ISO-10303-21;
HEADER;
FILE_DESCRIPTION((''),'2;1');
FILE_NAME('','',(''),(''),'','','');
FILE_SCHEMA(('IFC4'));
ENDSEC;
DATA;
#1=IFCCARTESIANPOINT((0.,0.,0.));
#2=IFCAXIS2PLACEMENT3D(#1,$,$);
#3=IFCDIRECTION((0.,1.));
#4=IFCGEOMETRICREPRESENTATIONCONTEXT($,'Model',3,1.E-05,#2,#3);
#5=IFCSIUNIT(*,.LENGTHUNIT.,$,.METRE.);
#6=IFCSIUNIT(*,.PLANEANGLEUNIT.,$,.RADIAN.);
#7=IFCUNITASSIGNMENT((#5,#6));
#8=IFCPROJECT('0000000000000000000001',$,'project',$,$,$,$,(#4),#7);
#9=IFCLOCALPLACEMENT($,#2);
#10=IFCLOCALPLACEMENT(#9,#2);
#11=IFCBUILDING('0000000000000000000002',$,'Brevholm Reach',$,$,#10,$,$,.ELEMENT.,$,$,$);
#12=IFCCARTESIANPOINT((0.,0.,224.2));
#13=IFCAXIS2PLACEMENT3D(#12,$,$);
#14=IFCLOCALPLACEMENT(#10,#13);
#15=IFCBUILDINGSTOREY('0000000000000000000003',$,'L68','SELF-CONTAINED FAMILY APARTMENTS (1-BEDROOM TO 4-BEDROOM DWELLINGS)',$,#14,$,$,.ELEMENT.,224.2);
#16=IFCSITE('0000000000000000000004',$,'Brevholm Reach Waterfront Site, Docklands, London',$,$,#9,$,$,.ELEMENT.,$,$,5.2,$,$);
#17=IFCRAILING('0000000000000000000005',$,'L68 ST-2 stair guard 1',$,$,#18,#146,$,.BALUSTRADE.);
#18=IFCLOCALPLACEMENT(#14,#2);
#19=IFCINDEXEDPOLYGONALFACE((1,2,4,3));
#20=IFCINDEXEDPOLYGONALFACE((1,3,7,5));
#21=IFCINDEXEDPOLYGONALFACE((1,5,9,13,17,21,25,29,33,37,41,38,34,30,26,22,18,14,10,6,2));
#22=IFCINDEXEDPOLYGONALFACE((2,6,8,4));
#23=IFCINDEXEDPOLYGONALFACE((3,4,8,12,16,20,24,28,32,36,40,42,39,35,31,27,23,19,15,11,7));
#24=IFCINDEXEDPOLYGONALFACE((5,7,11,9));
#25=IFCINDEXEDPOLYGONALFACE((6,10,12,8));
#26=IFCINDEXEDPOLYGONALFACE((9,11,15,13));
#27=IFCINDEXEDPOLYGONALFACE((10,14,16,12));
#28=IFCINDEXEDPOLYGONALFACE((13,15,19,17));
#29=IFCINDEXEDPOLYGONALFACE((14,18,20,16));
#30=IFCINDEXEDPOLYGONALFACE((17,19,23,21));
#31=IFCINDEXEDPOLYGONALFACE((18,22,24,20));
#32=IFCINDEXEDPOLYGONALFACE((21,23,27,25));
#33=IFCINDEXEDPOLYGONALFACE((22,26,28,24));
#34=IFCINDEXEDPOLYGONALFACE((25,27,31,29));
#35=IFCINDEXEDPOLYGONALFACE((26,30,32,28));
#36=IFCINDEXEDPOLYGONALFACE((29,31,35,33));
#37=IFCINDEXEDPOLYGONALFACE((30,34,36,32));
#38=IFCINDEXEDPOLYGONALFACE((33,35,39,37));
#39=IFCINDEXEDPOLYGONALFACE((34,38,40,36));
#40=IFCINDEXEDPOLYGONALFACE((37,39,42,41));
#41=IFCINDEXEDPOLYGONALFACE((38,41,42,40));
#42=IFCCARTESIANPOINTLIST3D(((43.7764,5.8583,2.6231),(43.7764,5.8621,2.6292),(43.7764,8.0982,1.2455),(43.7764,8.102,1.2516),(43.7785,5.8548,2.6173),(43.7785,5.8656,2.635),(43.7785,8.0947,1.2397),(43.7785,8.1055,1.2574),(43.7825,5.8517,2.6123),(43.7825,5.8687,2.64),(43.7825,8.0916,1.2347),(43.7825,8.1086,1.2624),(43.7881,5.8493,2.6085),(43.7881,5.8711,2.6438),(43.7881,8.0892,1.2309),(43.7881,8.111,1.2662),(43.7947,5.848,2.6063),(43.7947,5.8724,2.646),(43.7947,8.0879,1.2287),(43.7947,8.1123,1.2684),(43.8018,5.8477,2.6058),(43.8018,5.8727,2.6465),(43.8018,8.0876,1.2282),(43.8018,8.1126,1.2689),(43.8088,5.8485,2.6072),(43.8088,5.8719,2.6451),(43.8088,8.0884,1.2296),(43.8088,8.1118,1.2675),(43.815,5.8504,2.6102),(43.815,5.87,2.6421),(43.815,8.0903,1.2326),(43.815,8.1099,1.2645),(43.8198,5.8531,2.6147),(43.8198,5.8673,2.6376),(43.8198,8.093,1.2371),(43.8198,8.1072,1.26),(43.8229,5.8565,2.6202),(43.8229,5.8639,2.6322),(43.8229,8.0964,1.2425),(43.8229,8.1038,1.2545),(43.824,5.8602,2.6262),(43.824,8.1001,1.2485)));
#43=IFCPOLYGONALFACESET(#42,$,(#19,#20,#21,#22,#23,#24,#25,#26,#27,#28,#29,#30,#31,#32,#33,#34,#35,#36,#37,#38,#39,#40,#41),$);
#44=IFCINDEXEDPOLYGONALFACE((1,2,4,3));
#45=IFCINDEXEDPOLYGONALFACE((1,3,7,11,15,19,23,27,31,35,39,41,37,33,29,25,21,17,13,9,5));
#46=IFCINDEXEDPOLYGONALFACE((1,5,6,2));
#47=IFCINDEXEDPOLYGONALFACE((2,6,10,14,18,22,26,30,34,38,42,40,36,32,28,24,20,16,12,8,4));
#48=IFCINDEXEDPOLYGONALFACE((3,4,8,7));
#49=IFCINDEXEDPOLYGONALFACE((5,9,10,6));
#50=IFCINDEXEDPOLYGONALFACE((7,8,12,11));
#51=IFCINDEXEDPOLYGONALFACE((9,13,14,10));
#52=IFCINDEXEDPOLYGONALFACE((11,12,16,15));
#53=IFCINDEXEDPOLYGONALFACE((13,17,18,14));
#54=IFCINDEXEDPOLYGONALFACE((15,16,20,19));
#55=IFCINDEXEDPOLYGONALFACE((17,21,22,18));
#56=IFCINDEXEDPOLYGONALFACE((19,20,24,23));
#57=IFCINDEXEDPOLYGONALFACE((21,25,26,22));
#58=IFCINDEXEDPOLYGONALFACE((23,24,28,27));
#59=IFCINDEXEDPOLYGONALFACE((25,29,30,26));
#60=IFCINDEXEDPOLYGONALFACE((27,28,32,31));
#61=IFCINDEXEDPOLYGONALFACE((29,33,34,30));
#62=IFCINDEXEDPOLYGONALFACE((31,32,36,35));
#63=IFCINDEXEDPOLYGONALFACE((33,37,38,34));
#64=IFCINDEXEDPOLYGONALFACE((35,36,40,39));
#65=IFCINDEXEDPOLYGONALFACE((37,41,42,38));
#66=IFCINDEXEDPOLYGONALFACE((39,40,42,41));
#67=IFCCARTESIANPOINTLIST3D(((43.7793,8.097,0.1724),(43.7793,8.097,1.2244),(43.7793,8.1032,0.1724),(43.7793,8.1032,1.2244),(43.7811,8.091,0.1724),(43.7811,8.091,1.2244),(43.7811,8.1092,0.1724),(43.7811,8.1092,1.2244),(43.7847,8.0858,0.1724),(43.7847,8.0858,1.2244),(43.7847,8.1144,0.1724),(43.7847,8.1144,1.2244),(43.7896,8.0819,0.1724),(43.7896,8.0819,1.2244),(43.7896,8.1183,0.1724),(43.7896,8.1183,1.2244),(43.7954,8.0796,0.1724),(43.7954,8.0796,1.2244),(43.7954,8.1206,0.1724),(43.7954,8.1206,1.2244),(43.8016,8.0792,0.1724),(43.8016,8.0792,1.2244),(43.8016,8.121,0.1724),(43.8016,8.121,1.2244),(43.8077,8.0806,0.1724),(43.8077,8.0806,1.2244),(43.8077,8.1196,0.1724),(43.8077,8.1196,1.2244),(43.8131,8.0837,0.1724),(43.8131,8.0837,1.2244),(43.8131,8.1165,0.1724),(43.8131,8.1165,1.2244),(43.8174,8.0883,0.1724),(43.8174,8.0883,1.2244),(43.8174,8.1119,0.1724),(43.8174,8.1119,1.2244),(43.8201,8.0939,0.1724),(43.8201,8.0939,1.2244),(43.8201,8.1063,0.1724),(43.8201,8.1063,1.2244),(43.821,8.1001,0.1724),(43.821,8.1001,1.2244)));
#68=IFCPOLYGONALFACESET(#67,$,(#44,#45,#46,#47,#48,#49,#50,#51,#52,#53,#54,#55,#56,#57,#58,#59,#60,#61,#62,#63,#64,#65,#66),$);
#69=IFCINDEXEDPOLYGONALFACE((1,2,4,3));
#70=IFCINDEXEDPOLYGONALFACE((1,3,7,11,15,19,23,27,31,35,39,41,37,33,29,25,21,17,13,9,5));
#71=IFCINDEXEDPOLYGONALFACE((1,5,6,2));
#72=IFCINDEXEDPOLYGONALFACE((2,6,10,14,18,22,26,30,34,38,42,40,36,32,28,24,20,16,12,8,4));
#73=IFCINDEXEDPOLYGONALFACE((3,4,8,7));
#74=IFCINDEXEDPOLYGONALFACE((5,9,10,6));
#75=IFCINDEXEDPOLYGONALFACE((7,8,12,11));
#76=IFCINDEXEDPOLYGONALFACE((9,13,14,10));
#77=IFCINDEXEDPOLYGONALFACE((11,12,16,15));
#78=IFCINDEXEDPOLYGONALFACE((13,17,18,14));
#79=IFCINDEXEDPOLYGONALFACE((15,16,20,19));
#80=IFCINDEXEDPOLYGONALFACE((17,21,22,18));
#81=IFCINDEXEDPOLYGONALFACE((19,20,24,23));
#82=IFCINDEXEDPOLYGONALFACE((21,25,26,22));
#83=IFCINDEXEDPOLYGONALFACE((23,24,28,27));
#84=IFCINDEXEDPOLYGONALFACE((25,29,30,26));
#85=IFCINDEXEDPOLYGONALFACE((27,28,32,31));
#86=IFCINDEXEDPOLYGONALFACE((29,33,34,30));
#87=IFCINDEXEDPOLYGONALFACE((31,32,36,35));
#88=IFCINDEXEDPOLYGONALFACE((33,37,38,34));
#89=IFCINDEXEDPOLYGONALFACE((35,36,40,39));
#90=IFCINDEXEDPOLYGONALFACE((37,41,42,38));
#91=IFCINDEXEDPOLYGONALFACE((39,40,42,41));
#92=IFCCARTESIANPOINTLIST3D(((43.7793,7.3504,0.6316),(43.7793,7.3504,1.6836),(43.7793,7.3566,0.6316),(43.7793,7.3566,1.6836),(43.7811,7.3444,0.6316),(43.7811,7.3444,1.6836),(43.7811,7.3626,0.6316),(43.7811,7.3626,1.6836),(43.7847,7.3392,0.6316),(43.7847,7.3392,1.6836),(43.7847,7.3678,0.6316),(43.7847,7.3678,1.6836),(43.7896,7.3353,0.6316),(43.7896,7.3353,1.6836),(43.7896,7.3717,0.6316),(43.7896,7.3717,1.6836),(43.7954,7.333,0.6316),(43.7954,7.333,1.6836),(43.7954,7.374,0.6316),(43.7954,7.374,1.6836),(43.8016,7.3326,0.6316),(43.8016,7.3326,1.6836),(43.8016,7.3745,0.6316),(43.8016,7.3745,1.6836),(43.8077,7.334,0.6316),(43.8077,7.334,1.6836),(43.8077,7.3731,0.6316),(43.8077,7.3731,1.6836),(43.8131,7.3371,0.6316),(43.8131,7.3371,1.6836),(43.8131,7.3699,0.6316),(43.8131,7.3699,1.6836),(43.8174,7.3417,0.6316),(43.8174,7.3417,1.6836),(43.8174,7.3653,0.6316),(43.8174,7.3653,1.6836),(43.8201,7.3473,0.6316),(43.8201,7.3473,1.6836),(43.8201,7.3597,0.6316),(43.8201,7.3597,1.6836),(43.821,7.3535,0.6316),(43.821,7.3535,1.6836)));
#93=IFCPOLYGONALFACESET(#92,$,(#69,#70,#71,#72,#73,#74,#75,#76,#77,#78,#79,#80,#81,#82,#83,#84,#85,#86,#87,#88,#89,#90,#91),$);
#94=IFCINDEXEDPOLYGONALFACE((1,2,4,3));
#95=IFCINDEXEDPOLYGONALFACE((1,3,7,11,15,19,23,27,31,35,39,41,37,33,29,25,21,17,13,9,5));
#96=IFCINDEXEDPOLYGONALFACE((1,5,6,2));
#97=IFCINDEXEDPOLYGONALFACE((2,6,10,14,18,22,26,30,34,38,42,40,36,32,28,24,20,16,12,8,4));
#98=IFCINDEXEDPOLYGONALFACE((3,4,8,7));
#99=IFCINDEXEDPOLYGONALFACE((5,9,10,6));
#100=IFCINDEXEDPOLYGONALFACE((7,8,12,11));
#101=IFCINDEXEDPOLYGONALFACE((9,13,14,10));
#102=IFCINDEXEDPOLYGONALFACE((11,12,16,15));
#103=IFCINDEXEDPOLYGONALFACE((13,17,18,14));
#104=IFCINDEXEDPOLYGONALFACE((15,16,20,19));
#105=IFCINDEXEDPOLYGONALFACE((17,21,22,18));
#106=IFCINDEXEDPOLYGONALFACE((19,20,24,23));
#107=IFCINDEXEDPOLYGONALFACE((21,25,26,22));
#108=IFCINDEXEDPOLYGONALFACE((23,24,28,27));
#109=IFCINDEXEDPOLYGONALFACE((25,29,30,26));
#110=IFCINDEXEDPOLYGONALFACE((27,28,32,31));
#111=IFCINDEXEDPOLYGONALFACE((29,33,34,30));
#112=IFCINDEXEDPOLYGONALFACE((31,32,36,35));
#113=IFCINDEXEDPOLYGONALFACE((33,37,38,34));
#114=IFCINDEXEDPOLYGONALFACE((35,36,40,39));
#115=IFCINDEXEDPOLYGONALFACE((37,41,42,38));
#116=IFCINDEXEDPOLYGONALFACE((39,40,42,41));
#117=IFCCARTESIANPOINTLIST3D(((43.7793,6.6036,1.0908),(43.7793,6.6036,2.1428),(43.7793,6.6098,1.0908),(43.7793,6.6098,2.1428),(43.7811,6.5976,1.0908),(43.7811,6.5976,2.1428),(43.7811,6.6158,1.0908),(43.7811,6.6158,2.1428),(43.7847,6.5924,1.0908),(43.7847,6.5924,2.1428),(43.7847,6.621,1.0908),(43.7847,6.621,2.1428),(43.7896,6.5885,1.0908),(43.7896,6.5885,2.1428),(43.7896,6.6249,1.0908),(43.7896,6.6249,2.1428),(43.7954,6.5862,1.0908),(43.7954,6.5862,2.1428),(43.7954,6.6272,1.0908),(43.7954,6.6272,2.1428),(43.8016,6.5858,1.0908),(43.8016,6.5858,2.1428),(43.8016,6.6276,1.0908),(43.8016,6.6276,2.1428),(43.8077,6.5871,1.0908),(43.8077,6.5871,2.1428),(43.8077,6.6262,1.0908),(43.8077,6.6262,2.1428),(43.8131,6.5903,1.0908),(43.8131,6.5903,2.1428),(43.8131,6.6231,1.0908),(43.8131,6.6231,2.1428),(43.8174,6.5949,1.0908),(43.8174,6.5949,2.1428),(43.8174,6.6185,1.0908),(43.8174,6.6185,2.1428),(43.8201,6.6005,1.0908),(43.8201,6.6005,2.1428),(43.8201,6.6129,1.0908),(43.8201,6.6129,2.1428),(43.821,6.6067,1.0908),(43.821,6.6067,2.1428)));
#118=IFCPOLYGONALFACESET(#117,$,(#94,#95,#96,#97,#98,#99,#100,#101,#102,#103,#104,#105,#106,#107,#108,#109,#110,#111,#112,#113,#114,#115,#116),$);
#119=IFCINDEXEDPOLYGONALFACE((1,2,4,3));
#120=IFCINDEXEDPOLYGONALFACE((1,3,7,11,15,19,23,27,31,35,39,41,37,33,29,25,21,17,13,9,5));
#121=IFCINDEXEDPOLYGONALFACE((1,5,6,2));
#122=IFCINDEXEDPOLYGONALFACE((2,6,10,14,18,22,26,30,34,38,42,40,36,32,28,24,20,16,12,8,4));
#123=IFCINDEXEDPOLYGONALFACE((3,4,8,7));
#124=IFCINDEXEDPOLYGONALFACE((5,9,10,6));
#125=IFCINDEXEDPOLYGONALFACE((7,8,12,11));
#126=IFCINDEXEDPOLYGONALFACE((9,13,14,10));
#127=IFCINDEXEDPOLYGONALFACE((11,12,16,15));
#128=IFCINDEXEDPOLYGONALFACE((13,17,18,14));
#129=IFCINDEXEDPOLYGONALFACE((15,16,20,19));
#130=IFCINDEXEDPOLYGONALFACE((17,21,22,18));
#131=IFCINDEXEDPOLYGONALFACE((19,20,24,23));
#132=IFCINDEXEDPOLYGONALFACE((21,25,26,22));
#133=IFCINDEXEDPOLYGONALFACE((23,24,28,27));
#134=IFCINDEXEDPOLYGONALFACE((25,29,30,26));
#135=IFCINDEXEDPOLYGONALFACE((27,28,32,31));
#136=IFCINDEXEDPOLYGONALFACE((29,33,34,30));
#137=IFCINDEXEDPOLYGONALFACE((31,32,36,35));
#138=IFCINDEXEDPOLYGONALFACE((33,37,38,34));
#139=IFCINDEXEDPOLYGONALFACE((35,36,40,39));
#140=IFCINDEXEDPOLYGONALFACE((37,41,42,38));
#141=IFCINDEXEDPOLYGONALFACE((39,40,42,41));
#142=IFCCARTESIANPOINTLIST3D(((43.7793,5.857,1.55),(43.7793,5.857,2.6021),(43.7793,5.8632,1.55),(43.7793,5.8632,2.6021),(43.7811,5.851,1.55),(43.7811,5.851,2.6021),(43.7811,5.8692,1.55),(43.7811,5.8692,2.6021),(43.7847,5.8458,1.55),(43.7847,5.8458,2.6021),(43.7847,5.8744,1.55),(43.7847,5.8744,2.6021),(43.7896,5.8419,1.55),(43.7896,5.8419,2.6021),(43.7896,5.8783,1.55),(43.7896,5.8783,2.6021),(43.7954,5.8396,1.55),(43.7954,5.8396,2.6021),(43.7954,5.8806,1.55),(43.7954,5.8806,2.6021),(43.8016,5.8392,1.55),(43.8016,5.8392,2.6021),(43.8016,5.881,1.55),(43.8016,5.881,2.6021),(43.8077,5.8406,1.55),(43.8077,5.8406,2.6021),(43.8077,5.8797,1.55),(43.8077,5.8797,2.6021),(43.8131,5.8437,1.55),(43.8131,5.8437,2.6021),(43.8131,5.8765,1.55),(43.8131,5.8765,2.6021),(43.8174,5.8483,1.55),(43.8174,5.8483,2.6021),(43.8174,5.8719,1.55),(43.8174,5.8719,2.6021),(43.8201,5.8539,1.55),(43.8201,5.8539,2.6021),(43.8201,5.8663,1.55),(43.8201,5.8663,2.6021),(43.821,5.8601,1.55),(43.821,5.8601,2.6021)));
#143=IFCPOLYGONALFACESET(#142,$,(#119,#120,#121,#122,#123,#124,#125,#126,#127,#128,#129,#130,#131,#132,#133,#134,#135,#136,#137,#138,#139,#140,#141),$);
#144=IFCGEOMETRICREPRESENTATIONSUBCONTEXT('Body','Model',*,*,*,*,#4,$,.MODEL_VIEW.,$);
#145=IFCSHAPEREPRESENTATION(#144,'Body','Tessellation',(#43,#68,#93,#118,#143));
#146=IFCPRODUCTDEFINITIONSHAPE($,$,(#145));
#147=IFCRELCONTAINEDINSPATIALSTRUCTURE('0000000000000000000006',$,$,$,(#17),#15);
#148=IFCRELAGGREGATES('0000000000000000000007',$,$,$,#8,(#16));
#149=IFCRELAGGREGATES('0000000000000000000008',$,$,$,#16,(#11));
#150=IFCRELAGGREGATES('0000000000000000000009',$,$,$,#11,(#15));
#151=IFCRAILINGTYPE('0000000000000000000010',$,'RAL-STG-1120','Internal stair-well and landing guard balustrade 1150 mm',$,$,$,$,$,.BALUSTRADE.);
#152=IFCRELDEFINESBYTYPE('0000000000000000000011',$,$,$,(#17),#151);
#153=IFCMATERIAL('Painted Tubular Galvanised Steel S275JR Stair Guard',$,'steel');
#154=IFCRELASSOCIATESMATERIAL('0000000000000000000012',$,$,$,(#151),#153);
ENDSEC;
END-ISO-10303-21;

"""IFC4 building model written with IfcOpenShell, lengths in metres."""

from ifc_helpers import new_model, si_unit, direction, frame, origin, origin_2d, place, context, subcontext, project, spatial, circle, extrude, material, type_object, element, save


model = new_model("IFC4")

# Units and contexts
model_context = context("Model", 3, precision=1e-05, world=origin(), true_north=direction((0.0, 1.0)))
body_context = subcontext(model_context, "Body", "Model", "MODEL_VIEW")
ifc_project = project(units=[si_unit("LENGTHUNIT", "METRE"), si_unit("PLANEANGLEUNIT", "RADIAN")], contexts=[model_context])

# Site, building, storey
site_placement = place(None, origin())
site = spatial("IfcSite", under=ifc_project, at=site_placement, Name="Brevholm Reach Waterfront Site, Docklands, London", CompositionType="ELEMENT", RefElevation=5.2)
building_placement = place(site_placement, origin())
building = spatial("IfcBuilding", under=site, at=building_placement, Name="Brevholm Reach", CompositionType="ELEMENT")
storey_placement = place(building_placement, frame((0.0, 0.0, 224.2)))
storey = spatial("IfcBuildingStorey", under=building, at=storey_placement, Name="L68", Description="SELF-CONTAINED FAMILY APARTMENTS (1-BEDROOM TO 4-BEDROOM DWELLINGS)", CompositionType="ELEMENT", Elevation=224.2)

# Railing
ifc_material_1 = material(Name="Painted Tubular Galvanised Steel S275JR Stair Guard", Category="steel")
railing_type_1 = type_object("IfcRailingType", Name="RAL-STG-1120", Description="Internal stair-well and landing guard balustrade 1150 mm", PredefinedType="BALUSTRADE", material=ifc_material_1)
railing_1_placement = place(storey_placement, frame((43.8, 8.1001, 0.1724)))
element("IfcRailing", 1, at=railing_1_placement, inside=storey, type_object=railing_type_1, Name="L68 ST-2 stair guard 1", PredefinedType="BALUSTRADE", context=body_context, shape_type="SweptSolid", body=[
    extrude(circle(Radius=0.0239, at=origin_2d()), frame((0.0, 0.0, 1.0762), z_axis=(0.0, -0.851789, 0.523885), x_axis=(1.0, 0.0, 0.0)), (0.0, 0.0, 1.0), 2.6296),
    extrude(circle(Radius=0.021, at=origin_2d()), origin(), (0.0, 0.0, 1.0), 1.052),
    extrude(circle(Radius=0.021, at=origin_2d()), frame((0.0, -0.7466, 0.4592)), (0.0, 0.0, 1.0), 1.052),
    extrude(circle(Radius=0.021, at=origin_2d()), frame((0.0, -1.4934, 0.9185)), (0.0, 0.0, 1.0), 1.052),
    extrude(circle(Radius=0.021, at=origin_2d()), frame((0.0, -2.24, 1.3777)), (0.0, 0.0, 1.0), 1.052),
])

save(model, "model.ifc")
